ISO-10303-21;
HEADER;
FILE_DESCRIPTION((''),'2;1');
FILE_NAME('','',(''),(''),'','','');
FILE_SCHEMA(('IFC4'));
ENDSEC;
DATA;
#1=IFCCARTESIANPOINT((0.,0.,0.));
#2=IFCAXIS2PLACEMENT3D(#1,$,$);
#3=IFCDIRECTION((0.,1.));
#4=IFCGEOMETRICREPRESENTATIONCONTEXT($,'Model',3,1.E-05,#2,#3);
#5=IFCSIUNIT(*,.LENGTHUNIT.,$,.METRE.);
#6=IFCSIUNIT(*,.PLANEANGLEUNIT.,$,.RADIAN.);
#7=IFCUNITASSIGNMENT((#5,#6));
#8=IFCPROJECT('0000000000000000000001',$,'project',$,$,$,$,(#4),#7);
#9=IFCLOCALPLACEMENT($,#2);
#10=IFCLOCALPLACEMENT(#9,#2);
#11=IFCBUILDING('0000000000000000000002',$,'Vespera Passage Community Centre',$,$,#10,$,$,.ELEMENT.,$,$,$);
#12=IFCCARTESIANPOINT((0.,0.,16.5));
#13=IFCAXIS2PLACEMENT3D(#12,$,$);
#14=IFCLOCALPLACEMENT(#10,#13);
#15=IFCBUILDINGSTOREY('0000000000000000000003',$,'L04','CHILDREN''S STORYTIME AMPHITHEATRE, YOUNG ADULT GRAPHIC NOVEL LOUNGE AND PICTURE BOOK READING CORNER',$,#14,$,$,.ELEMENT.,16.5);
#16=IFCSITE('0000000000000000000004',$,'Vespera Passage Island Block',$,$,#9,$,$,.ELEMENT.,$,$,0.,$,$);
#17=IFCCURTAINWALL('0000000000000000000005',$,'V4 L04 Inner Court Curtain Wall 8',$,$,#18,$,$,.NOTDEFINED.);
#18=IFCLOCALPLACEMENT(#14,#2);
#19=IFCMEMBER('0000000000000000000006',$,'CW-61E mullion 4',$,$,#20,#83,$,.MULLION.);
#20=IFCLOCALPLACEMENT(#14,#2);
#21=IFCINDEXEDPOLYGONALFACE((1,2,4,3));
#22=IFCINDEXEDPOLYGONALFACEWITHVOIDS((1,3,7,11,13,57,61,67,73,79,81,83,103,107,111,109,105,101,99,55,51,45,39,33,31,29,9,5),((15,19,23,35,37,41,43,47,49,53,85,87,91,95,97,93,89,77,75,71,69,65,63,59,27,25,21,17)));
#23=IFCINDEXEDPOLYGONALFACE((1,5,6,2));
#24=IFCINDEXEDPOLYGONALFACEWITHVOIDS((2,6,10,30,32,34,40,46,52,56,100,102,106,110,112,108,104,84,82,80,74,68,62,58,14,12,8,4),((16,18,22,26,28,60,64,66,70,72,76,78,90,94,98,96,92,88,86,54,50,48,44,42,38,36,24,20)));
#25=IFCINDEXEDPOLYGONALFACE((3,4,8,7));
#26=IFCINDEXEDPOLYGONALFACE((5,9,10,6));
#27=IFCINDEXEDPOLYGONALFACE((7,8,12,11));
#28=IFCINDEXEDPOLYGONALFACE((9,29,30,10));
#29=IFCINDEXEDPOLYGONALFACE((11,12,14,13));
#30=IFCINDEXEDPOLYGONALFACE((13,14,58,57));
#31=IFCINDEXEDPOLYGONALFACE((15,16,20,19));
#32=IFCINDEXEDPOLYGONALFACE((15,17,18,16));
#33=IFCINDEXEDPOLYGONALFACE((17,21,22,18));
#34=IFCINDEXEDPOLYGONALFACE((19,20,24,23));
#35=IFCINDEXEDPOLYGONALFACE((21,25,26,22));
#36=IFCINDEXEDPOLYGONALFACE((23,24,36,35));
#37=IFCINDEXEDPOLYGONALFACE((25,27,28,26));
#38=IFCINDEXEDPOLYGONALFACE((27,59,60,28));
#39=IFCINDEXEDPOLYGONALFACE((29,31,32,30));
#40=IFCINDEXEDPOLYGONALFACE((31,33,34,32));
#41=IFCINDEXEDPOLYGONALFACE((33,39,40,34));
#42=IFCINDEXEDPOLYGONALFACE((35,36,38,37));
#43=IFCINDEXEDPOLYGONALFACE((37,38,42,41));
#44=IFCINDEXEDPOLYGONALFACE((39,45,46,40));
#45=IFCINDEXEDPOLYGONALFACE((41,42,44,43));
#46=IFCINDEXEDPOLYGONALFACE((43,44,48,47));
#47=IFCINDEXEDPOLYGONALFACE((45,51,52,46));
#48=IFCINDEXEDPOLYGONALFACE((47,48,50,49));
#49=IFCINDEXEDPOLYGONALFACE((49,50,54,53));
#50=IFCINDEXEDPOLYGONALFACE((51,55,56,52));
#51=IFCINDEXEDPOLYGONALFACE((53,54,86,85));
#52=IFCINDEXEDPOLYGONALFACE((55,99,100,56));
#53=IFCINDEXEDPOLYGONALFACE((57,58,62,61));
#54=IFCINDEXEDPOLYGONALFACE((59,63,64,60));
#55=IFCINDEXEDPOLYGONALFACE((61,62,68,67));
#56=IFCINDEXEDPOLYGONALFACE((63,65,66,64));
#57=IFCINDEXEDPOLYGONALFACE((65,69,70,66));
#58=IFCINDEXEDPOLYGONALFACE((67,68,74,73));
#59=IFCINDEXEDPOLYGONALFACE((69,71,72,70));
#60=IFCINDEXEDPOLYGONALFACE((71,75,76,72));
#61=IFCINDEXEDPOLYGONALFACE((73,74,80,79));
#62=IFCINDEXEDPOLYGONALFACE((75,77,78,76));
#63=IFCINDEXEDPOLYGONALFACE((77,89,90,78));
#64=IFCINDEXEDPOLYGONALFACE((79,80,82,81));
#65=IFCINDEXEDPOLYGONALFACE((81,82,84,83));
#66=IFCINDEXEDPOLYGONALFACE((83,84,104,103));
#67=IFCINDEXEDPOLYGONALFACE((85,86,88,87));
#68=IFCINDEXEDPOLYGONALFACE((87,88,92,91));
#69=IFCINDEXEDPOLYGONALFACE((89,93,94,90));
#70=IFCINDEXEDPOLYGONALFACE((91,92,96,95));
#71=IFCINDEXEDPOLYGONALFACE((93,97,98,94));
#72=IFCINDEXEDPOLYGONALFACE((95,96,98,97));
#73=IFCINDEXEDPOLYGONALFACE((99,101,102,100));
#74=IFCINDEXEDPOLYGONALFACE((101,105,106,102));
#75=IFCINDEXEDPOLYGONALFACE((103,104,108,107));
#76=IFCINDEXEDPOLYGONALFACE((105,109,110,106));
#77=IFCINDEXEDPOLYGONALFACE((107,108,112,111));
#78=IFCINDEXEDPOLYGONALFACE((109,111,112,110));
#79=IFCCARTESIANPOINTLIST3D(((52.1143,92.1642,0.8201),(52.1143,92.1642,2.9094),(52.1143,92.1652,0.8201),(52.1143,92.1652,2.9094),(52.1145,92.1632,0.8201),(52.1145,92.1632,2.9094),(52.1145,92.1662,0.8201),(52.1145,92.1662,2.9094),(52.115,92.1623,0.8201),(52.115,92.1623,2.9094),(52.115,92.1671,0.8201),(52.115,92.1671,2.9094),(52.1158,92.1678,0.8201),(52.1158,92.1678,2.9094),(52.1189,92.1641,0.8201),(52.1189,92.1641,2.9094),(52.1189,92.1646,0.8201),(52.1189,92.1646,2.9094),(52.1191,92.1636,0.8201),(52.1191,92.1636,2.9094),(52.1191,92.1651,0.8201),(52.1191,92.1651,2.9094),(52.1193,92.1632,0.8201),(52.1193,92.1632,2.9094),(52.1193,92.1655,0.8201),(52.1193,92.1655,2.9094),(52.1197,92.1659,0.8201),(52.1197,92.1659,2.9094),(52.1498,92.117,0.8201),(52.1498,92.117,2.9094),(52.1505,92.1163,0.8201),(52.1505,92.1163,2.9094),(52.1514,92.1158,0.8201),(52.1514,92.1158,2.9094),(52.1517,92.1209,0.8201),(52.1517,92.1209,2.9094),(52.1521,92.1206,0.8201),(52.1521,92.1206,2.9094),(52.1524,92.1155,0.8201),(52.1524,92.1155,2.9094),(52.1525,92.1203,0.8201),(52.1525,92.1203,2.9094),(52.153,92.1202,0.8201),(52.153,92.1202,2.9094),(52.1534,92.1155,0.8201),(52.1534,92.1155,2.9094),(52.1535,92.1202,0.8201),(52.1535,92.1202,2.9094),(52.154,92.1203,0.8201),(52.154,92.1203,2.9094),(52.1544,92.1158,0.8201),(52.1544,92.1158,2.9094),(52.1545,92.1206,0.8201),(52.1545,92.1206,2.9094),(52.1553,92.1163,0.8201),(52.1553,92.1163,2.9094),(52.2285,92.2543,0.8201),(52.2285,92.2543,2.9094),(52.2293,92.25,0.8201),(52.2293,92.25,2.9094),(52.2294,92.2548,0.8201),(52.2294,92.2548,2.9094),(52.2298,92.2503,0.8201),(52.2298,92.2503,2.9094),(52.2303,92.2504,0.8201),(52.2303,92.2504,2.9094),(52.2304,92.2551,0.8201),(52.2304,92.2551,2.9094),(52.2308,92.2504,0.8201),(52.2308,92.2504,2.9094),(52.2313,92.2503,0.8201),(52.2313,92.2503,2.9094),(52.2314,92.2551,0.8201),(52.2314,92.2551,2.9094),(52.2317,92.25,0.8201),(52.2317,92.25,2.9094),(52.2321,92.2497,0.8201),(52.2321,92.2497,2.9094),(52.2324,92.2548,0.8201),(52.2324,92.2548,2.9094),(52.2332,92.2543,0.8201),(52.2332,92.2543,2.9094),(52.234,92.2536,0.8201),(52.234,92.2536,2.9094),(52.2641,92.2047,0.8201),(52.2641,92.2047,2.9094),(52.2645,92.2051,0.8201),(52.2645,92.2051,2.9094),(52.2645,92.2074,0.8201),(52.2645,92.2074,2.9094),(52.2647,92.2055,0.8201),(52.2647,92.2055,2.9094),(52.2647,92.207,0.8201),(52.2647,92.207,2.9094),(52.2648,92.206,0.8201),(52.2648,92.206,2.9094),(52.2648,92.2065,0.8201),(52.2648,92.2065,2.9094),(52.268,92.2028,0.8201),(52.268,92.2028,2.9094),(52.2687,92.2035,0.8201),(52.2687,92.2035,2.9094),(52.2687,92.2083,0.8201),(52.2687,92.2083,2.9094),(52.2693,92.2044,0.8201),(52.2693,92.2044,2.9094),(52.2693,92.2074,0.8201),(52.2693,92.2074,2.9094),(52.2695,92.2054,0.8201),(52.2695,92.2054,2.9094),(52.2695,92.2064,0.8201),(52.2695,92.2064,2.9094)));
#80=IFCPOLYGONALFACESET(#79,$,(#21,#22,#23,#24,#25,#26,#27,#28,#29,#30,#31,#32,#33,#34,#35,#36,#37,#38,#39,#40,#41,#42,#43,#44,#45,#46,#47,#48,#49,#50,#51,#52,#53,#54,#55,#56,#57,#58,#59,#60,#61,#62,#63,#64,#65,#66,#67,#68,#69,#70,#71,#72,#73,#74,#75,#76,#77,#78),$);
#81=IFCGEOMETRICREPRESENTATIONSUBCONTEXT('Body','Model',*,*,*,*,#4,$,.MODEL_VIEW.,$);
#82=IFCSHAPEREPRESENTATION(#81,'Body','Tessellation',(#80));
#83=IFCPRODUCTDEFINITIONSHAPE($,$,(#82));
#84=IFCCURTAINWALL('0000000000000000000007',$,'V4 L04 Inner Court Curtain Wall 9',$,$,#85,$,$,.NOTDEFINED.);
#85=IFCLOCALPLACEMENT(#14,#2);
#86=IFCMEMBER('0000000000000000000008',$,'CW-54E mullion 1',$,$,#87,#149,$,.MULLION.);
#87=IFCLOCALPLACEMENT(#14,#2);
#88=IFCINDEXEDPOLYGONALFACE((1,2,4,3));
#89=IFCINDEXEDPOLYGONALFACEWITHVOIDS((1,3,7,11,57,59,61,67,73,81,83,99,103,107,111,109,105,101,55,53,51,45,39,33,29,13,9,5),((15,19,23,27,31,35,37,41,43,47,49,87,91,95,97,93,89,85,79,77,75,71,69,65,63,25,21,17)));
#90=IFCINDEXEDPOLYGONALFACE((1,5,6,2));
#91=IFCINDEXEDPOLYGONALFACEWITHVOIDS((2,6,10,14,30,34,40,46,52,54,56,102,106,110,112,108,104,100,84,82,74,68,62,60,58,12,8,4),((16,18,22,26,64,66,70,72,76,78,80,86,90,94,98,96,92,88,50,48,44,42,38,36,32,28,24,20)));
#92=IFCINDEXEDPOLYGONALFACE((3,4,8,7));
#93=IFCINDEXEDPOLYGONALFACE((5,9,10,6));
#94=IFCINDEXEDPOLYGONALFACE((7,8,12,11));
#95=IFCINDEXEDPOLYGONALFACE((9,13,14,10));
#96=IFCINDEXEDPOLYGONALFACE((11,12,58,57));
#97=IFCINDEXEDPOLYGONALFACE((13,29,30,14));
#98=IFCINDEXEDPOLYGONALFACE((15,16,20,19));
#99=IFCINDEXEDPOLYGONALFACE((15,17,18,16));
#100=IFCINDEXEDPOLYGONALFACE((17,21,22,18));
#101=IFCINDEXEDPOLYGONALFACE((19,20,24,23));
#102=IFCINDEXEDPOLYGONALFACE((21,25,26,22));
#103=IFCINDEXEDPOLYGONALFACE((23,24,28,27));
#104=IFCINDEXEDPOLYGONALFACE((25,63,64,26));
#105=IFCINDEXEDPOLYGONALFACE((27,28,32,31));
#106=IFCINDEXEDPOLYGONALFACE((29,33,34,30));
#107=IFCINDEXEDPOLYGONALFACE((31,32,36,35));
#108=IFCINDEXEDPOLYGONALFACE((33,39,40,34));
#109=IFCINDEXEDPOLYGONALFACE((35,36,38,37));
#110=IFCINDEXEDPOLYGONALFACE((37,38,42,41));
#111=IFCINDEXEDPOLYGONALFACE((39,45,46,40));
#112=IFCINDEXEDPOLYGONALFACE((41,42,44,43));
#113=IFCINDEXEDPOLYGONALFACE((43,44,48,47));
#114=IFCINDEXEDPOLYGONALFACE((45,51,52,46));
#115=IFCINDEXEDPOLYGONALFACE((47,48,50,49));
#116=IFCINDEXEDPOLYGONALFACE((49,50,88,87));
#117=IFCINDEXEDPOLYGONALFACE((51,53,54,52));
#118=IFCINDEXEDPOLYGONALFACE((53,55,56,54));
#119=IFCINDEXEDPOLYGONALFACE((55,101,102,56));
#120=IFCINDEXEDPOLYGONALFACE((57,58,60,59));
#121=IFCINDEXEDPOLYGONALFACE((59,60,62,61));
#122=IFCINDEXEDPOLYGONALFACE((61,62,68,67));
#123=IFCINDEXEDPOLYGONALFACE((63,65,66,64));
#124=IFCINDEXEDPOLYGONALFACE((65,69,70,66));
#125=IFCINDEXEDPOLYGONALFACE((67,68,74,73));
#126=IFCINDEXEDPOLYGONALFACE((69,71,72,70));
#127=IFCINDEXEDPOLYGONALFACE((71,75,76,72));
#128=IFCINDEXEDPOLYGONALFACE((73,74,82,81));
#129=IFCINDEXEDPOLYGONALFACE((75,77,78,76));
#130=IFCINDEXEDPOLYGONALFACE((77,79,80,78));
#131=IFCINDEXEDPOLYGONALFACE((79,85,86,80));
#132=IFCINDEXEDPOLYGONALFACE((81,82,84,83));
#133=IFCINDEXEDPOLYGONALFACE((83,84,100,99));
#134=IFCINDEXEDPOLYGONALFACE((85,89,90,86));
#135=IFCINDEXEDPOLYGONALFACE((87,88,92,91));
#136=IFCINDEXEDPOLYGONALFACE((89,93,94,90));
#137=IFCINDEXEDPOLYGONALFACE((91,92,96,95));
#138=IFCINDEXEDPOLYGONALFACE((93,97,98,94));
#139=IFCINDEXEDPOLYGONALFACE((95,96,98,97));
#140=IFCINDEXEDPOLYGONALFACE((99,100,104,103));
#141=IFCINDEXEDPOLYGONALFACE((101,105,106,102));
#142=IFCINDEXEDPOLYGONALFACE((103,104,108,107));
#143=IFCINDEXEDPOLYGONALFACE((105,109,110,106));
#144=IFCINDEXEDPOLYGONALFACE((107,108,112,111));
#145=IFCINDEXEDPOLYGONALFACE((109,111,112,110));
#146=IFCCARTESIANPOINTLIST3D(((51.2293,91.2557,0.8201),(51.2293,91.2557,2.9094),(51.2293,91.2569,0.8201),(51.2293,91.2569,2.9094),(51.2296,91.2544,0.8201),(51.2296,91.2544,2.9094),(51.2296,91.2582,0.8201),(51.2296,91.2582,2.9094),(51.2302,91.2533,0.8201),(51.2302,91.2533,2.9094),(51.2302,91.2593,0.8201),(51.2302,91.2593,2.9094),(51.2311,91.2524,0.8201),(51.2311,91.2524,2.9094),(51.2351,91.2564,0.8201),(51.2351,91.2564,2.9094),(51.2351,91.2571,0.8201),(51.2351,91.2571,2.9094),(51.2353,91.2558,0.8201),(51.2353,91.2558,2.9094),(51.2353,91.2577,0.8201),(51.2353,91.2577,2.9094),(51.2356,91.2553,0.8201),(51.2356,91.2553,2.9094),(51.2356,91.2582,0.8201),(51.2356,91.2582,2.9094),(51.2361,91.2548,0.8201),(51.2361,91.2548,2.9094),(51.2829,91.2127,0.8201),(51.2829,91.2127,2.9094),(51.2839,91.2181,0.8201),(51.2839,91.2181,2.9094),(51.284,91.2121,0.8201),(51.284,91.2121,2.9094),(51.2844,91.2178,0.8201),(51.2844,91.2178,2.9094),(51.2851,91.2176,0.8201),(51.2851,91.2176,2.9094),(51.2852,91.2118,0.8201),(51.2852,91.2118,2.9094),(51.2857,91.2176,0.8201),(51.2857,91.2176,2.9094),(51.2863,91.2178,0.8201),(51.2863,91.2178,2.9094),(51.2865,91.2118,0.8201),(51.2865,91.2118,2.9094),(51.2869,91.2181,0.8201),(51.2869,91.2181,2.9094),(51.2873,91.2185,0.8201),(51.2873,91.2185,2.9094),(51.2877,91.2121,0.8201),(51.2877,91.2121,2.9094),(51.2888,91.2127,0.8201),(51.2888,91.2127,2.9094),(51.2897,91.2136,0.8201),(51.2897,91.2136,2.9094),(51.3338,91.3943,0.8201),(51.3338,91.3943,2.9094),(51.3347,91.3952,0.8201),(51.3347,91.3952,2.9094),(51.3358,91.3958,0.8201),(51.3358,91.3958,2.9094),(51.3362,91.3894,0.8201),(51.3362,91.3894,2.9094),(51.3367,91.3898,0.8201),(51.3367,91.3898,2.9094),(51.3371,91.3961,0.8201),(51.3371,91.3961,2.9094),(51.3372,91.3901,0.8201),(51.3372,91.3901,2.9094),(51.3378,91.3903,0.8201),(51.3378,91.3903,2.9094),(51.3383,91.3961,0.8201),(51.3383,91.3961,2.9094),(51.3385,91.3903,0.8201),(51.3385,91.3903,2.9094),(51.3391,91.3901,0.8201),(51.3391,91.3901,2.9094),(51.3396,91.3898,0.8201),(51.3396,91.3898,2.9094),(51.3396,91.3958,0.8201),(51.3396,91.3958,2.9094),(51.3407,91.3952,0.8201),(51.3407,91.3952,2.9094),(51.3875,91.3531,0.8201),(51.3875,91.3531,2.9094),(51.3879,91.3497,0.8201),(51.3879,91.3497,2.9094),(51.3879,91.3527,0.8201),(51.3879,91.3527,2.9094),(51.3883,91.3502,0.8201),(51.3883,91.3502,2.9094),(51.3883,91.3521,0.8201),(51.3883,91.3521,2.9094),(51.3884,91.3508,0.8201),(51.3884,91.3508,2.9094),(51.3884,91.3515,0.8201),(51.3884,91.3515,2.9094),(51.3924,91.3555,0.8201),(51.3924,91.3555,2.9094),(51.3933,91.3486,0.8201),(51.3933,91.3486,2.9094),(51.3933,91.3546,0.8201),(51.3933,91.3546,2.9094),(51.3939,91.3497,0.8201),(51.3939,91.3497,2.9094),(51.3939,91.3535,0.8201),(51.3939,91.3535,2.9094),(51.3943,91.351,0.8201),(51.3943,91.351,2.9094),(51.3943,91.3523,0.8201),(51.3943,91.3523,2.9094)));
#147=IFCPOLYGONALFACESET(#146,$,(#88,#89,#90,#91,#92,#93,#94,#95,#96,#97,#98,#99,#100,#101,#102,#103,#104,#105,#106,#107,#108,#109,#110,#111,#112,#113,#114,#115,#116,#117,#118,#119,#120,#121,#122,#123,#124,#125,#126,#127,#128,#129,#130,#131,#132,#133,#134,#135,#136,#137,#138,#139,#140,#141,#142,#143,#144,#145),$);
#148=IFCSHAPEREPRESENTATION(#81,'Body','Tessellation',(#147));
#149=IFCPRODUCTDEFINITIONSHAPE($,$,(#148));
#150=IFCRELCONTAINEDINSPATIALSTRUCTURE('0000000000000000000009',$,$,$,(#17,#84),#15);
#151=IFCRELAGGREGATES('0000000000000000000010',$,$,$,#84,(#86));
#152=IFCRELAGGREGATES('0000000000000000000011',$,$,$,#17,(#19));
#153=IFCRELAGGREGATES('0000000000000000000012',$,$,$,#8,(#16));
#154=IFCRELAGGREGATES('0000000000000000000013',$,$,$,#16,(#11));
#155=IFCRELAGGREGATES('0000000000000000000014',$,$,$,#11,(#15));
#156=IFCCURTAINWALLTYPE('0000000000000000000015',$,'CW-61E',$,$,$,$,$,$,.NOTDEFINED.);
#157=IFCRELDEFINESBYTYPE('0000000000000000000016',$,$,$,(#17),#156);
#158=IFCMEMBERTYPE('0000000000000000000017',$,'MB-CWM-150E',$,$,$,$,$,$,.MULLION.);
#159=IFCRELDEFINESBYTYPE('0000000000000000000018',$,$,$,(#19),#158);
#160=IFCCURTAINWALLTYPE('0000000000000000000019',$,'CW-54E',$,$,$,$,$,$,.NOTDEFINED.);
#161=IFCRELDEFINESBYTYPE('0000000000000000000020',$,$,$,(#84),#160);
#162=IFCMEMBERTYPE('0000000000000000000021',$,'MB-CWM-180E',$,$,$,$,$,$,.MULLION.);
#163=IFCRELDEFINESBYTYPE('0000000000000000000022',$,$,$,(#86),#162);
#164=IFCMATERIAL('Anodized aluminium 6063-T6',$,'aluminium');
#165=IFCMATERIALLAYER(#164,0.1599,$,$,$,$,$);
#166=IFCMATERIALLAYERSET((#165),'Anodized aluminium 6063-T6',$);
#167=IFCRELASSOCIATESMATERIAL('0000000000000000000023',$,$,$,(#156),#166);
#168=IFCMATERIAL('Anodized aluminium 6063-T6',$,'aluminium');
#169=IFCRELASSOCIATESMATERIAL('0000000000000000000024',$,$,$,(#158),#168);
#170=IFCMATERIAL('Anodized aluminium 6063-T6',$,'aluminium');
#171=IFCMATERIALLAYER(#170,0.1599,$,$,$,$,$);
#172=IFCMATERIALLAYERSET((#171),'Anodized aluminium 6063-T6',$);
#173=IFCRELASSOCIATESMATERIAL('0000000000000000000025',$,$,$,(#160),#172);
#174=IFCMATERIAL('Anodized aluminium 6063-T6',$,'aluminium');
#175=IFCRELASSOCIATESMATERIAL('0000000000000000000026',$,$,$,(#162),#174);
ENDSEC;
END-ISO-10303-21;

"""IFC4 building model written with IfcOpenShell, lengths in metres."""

from ifc_helpers import new_model, si_unit, direction, frame, origin, origin_2d, place, context, subcontext, project, spatial, hollow_rectangle, extrude, material, layer, layer_set, material_profile, profile_set, type_object, element, aggregate, save


model = new_model("IFC4")

# Units and contexts
model_context = context("Model", 3, precision=1e-05, world=origin(), true_north=direction((0.0, 1.0)))
body_context = subcontext(model_context, "Body", "Model", "MODEL_VIEW")
ifc_project = project(units=[si_unit("LENGTHUNIT", "METRE"), si_unit("PLANEANGLEUNIT", "RADIAN")], contexts=[model_context])

# Site, building, storey
site_placement = place(None, origin())
site = spatial("IfcSite", under=ifc_project, at=site_placement, Name="Vespera Passage Island Block", CompositionType="ELEMENT", RefElevation=0.0)
building_placement = place(site_placement, origin())
building = spatial("IfcBuilding", under=site, at=building_placement, Name="Vespera Passage Community Centre", CompositionType="ELEMENT")
storey_placement = place(building_placement, frame((0.0, 0.0, 16.5)))
storey = spatial("IfcBuildingStorey", under=building, at=storey_placement, Name="L04", Description="CHILDREN'S STORYTIME AMPHITHEATRE, YOUNG ADULT GRAPHIC NOVEL LOUNGE AND PICTURE BOOK READING CORNER", CompositionType="ELEMENT", Elevation=16.5)

# Curtain wall, member
ifc_material_1 = material(Name="Anodized aluminium 6063-T6", Category="aluminium")
ifc_layer_1 = layer(ifc_material_1, 0.1599)
ifc_layer_set_1 = layer_set([ifc_layer_1], Name="Anodized aluminium 6063-T6")
curtain_wall_type_1 = type_object("IfcCurtainWallType", Name="CW-61E", PredefinedType="NOTDEFINED", material=ifc_layer_set_1)
curtain_wall_1_placement = place(storey_placement, origin())
curtain_wall_1 = element("IfcCurtainWall", 1, at=curtain_wall_1_placement, inside=storey, type_object=curtain_wall_type_1, Name="V4 L04 Inner Court Curtain Wall 8", PredefinedType="NOTDEFINED")
ifc_material_2 = material(Name="Anodized aluminium 6063-T6", Category="aluminium")
ifc_material_profile_1 = material_profile(ifc_material_2, hollow_rectangle(XDim=0.0649, YDim=0.1499, WallThickness=0.0039, InnerFilletRadius=0.002, OuterFilletRadius=0.0039, at=origin_2d()), Name="ALU150X65X4")
ifc_profile_set_1 = profile_set([ifc_material_profile_1], Name="Anodized aluminium 6063-T6")
member_type_1 = type_object("IfcMemberType", Name="MB-CWM-150E", PredefinedType="MULLION", material=ifc_profile_set_1)
member_1_placement = place(storey_placement, frame((52.1919, 92.1853, 0.8201), z_axis=(0.0, 0.0, 1.0), x_axis=(0.608755, -0.793358, 0.0)))
member_1 = element("IfcMember", 2, at=member_1_placement, type_object=member_type_1, Name="CW-61E mullion 4", PredefinedType="MULLION", context=body_context, shape_type="SweptSolid", body=[
    extrude(hollow_rectangle(XDim=0.0649, YDim=0.1499, WallThickness=0.0039, InnerFilletRadius=0.002, OuterFilletRadius=0.0039, at=origin_2d()), origin(), (0.0, 0.0, 1.0), 2.0894),
])

# Curtain wall, member
ifc_material_3 = material(Name="Anodized aluminium 6063-T6", Category="aluminium")
ifc_layer_2 = layer(ifc_material_3, 0.1599)
ifc_layer_set_2 = layer_set([ifc_layer_2], Name="Anodized aluminium 6063-T6")
curtain_wall_type_2 = type_object("IfcCurtainWallType", Name="CW-54E", PredefinedType="NOTDEFINED", material=ifc_layer_set_2)
curtain_wall_2_placement = place(storey_placement, origin())
curtain_wall_2 = element("IfcCurtainWall", 3, at=curtain_wall_2_placement, inside=storey, type_object=curtain_wall_type_2, Name="V4 L04 Inner Court Curtain Wall 9", PredefinedType="NOTDEFINED")
ifc_material_4 = material(Name="Anodized aluminium 6063-T6", Category="aluminium")
ifc_material_profile_2 = material_profile(ifc_material_4, hollow_rectangle(XDim=0.075, YDim=0.1799, WallThickness=0.0049, InnerFilletRadius=0.0024, OuterFilletRadius=0.0049, at=origin_2d()), Name="ALU180X75X5")
ifc_profile_set_2 = profile_set([ifc_material_profile_2], Name="Anodized aluminium 6063-T6")
member_type_2 = type_object("IfcMemberType", Name="MB-CWM-180E", PredefinedType="MULLION", material=ifc_profile_set_2)
member_2_placement = place(storey_placement, frame((51.3118, 91.304, 0.8201), z_axis=(0.0, 0.0, 1.0), x_axis=(0.793358, -0.608755, 0.0)))
member_2 = element("IfcMember", 4, at=member_2_placement, type_object=member_type_2, Name="CW-54E mullion 1", PredefinedType="MULLION", context=body_context, shape_type="SweptSolid", body=[
    extrude(hollow_rectangle(XDim=0.075, YDim=0.1799, WallThickness=0.0049, InnerFilletRadius=0.0024, OuterFilletRadius=0.0049, at=origin_2d()), origin(), (0.0, 0.0, 1.0), 2.0894),
])

aggregate(curtain_wall_2, [member_2])
aggregate(curtain_wall_1, [member_1])

save(model, "model.ifc")
